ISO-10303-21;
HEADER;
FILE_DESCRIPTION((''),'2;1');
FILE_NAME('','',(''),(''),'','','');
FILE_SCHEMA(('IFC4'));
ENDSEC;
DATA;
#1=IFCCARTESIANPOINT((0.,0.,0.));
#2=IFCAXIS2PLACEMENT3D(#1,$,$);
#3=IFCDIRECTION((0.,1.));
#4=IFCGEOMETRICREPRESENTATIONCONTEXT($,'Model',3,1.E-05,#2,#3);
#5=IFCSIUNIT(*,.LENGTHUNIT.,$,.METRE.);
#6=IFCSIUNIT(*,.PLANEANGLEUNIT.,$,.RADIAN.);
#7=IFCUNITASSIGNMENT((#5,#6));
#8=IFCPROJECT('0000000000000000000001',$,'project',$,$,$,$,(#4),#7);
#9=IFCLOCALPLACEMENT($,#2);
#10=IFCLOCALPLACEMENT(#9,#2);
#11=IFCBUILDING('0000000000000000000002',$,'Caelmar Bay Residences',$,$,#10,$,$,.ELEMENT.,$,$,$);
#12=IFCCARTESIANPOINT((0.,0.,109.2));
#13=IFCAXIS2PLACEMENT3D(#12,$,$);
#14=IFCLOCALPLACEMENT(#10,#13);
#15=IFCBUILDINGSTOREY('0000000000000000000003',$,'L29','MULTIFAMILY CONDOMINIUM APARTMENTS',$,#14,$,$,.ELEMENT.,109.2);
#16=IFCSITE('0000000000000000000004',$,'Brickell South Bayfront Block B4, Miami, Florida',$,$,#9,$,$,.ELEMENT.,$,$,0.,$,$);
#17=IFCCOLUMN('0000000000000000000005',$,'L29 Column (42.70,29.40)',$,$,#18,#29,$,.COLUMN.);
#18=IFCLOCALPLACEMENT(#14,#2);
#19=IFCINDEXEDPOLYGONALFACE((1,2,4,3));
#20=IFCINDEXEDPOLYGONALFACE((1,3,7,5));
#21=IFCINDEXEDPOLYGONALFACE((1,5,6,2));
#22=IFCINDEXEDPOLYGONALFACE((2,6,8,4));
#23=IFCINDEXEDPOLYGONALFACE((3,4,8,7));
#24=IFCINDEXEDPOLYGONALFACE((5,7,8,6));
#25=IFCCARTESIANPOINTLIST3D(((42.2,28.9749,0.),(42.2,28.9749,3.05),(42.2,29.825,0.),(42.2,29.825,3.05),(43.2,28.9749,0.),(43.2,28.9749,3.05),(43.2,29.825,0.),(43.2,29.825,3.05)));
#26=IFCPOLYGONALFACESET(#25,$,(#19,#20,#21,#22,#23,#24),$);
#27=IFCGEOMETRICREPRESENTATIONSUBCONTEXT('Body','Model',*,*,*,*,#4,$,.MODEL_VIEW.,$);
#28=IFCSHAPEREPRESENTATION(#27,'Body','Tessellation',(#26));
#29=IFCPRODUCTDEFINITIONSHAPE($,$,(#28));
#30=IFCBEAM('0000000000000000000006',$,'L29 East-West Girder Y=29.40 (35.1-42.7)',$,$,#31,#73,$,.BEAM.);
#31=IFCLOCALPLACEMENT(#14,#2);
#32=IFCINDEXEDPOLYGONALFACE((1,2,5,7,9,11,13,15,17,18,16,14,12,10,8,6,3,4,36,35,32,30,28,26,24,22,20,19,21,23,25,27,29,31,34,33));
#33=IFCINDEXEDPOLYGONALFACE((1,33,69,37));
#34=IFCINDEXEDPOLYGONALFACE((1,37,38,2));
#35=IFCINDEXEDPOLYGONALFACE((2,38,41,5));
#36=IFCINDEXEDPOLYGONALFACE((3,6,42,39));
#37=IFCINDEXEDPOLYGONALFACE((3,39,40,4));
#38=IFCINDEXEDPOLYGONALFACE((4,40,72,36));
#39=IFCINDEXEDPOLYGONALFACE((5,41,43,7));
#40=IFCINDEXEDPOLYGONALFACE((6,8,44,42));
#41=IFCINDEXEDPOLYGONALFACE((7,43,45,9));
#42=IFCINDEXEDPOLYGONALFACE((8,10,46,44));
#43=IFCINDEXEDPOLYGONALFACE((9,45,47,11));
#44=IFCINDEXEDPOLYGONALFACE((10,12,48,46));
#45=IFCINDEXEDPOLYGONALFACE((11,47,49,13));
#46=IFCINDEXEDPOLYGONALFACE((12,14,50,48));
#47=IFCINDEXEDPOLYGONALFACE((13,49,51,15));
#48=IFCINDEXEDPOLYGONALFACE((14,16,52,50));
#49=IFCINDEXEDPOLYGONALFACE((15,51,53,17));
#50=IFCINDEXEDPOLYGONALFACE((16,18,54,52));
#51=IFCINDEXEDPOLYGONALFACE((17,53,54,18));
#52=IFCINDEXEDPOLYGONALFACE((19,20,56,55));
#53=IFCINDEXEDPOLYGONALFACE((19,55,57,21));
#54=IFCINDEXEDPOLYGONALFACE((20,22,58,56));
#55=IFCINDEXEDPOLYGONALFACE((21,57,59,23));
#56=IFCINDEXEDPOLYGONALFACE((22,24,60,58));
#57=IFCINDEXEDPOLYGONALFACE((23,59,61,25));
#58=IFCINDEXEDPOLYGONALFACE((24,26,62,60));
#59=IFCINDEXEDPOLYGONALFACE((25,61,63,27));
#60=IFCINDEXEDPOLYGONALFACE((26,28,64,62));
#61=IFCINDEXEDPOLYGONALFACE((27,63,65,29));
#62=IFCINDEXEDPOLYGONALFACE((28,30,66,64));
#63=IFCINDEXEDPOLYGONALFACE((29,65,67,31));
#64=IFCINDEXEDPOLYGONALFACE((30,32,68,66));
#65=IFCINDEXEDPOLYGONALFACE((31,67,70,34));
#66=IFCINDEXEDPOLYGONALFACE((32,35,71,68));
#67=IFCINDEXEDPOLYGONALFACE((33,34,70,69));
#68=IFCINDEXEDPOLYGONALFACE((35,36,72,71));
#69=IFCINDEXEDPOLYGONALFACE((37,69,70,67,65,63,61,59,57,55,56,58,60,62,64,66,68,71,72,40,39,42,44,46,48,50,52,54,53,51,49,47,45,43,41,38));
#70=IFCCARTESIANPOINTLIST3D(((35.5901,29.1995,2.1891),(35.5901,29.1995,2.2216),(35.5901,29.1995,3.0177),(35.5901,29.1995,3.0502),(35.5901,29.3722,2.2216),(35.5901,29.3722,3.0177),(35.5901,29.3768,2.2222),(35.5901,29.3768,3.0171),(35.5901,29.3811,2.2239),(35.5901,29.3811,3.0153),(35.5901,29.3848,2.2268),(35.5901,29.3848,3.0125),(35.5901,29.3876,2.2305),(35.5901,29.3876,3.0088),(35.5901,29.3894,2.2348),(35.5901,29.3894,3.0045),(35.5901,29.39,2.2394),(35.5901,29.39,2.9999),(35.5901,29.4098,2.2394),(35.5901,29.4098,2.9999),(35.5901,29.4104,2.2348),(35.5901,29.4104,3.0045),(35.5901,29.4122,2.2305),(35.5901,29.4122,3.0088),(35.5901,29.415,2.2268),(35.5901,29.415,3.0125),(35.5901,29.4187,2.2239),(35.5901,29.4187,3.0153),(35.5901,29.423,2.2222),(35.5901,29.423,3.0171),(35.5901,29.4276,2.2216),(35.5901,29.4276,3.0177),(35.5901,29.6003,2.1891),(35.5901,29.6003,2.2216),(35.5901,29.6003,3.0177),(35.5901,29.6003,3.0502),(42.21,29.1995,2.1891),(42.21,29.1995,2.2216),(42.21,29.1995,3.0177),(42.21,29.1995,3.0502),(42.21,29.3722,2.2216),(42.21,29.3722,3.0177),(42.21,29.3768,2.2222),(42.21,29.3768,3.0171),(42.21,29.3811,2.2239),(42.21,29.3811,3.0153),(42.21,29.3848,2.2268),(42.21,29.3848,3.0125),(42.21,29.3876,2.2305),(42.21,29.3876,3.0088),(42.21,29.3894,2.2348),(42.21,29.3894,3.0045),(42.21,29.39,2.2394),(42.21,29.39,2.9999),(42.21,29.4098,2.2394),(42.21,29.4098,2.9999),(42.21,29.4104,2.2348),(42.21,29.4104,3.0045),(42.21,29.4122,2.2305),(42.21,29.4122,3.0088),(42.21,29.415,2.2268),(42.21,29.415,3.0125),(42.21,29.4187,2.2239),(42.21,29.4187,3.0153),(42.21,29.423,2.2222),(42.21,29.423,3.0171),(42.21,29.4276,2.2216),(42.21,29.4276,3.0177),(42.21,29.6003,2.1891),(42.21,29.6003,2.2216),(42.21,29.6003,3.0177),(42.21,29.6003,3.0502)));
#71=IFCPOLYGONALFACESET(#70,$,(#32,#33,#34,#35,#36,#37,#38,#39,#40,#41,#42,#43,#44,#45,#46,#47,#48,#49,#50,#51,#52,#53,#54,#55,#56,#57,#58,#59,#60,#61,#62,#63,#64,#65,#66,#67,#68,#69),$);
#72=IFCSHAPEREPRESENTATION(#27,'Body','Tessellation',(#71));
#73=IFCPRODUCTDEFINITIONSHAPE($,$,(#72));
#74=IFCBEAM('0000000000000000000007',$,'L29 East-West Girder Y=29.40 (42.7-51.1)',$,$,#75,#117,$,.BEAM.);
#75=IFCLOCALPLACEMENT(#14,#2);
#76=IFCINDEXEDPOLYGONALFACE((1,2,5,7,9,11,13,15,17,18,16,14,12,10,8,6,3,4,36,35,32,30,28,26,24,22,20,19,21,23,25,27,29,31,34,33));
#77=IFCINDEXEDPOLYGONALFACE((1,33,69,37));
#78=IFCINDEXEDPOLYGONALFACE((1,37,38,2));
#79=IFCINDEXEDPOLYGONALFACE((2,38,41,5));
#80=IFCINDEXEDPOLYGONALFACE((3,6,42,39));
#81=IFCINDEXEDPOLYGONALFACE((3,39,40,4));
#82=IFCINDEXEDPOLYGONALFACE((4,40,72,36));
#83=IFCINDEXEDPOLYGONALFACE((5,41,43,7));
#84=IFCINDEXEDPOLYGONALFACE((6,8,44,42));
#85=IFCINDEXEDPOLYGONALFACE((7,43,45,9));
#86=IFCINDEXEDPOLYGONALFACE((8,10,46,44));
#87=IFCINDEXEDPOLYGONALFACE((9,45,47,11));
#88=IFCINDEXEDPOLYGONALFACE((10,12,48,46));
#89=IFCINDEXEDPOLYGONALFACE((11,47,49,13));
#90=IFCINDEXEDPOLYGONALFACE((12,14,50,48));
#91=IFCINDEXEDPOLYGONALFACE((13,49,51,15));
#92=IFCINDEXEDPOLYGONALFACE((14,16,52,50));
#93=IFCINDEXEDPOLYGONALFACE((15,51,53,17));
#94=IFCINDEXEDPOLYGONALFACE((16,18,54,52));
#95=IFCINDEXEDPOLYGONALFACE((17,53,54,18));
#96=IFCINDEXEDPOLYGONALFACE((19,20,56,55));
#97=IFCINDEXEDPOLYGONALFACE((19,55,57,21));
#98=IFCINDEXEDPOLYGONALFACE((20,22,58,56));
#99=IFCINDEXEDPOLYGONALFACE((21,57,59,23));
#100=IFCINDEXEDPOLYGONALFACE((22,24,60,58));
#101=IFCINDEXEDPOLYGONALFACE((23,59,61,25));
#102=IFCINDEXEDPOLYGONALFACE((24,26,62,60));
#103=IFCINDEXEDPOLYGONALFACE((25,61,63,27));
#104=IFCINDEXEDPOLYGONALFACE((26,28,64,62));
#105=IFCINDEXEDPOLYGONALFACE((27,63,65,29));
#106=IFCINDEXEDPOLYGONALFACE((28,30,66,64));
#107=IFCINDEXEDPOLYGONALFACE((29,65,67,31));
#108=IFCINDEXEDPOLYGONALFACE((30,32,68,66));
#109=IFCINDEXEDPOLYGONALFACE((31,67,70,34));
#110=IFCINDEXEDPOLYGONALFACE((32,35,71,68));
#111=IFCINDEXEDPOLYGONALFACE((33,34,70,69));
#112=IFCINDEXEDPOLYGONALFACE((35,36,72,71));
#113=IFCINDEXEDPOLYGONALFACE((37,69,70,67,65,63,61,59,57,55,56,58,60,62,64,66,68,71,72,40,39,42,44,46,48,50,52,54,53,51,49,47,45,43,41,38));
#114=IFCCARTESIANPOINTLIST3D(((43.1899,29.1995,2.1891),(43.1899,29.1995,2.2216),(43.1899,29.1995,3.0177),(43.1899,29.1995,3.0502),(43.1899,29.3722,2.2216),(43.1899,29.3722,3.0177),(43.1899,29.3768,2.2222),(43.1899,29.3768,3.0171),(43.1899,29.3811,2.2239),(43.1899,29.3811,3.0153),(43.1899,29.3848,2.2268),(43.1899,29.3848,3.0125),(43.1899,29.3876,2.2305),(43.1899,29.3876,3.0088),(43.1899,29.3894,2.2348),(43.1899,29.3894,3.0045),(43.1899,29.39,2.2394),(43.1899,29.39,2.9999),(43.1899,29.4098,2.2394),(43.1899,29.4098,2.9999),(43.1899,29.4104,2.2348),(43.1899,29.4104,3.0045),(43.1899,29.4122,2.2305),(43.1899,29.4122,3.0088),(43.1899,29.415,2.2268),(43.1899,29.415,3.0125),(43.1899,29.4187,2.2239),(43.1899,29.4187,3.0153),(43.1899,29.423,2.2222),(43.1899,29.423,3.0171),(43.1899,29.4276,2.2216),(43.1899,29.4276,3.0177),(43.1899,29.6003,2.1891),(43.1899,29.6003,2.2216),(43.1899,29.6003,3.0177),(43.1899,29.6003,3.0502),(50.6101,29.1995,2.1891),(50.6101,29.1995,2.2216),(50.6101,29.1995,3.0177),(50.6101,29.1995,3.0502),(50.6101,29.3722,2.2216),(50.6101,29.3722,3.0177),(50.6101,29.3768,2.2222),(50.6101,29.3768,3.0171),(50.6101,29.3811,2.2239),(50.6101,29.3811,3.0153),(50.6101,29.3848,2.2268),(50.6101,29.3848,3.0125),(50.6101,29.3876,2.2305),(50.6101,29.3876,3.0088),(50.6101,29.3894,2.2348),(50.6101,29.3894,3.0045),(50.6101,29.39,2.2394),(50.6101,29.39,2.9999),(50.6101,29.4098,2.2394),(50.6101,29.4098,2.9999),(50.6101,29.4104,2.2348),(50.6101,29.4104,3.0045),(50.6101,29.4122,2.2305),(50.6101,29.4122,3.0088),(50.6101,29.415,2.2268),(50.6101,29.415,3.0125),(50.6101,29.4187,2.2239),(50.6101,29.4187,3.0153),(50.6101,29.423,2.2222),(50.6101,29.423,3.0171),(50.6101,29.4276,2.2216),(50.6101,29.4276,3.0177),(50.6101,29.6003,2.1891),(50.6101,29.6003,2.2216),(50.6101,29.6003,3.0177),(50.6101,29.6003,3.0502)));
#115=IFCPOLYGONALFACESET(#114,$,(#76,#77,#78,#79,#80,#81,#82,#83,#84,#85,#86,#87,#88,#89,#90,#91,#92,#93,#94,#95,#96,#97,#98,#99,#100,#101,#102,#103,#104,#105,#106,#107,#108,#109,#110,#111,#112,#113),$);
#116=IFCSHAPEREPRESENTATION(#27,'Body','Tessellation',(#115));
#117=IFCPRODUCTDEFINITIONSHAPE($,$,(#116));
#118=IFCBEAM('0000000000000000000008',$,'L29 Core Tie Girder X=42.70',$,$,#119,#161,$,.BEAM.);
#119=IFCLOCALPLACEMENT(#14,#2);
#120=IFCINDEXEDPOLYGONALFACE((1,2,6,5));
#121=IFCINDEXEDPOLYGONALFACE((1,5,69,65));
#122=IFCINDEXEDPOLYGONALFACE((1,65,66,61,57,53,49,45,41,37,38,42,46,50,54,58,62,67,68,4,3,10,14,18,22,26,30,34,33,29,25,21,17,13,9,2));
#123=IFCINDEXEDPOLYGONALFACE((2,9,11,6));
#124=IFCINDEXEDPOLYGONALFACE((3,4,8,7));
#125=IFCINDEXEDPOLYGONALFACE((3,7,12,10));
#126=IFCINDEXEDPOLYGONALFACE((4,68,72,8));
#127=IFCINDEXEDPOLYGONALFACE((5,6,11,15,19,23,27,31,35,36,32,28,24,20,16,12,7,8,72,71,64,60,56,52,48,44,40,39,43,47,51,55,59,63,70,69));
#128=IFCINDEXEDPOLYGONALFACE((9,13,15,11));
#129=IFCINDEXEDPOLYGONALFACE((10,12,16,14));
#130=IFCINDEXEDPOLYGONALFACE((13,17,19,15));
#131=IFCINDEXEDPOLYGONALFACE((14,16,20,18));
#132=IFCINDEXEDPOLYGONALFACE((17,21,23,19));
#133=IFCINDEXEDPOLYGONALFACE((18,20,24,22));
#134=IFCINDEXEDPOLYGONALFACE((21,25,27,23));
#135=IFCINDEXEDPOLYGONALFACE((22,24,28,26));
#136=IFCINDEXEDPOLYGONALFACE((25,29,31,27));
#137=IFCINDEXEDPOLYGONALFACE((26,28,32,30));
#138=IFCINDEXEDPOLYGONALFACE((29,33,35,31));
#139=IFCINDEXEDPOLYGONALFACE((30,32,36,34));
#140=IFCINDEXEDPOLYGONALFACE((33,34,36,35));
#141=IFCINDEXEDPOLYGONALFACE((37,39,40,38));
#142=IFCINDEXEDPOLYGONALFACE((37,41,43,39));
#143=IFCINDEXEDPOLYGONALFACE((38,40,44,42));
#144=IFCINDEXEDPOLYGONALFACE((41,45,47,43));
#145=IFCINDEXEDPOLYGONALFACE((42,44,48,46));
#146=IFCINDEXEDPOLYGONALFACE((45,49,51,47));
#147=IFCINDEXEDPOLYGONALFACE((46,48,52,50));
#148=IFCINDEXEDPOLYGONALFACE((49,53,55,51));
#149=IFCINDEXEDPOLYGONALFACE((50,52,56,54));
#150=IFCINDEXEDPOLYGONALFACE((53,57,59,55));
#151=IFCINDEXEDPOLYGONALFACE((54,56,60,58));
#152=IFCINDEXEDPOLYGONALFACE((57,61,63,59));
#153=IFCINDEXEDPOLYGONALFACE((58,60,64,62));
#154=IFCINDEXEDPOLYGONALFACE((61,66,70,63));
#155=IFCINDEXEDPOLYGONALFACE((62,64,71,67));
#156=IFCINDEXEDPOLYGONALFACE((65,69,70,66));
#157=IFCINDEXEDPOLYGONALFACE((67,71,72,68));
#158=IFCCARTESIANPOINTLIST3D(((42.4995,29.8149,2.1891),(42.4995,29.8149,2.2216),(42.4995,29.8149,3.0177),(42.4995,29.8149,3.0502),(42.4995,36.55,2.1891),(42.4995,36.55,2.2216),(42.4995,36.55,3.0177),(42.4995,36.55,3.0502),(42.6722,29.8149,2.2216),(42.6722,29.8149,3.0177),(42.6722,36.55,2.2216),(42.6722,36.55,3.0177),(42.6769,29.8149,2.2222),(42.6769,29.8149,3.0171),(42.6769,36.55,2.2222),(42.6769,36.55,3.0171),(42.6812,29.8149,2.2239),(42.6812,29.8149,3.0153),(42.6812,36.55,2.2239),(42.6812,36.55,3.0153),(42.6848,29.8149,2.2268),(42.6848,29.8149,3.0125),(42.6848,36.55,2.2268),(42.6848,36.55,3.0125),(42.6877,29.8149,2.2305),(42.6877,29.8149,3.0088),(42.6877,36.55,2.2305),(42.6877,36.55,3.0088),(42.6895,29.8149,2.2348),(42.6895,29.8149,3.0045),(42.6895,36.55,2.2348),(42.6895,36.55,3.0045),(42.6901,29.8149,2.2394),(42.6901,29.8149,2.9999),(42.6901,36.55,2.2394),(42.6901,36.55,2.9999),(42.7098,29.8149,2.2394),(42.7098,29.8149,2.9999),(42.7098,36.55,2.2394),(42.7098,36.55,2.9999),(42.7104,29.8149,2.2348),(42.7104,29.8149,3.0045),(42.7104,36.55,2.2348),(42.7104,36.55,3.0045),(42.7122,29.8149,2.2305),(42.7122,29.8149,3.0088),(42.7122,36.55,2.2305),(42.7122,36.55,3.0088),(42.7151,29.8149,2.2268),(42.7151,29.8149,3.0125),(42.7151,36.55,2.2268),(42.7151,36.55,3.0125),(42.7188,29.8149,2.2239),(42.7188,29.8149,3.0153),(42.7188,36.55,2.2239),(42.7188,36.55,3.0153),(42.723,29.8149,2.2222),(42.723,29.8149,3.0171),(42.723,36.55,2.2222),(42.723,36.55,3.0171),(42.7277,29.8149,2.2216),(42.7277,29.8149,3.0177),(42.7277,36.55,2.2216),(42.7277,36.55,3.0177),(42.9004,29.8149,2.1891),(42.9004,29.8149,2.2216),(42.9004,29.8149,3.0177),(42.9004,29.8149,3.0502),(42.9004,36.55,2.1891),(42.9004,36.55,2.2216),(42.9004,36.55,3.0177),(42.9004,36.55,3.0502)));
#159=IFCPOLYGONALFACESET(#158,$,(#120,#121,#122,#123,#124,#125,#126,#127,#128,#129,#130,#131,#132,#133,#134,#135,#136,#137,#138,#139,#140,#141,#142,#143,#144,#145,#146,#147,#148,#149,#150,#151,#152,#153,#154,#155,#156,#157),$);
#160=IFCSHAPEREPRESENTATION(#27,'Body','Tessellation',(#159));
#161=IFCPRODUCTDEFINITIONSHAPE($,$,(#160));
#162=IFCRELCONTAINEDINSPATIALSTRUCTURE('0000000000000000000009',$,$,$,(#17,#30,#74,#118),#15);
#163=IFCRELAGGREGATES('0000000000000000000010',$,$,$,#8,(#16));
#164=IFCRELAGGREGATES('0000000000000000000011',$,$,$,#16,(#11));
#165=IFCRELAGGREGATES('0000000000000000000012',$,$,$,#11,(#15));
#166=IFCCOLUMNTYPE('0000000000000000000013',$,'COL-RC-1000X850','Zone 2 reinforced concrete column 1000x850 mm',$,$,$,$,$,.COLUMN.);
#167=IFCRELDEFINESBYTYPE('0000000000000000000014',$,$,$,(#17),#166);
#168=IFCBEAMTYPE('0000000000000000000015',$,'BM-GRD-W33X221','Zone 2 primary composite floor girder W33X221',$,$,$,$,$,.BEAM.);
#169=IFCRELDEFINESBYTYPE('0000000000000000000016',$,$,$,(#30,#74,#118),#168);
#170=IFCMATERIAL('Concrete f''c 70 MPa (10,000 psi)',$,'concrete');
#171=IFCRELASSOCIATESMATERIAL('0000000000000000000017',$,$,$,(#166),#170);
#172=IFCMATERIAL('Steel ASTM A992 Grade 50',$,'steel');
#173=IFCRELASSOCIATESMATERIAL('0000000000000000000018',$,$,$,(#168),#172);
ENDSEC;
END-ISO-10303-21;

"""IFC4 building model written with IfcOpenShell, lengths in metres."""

from ifc_helpers import new_model, si_unit, direction, frame, origin, origin_2d, place, context, subcontext, project, spatial, rectangle, i_section, extrude, material, material_profile, profile_set, type_object, element, save


model = new_model("IFC4")

# Units and contexts
model_context = context("Model", 3, precision=1e-05, world=origin(), true_north=direction((0.0, 1.0)))
body_context = subcontext(model_context, "Body", "Model", "MODEL_VIEW")
ifc_project = project(units=[si_unit("LENGTHUNIT", "METRE"), si_unit("PLANEANGLEUNIT", "RADIAN")], contexts=[model_context])

# Site, building, storey
site_placement = place(None, origin())
site = spatial("IfcSite", under=ifc_project, at=site_placement, Name="Brickell South Bayfront Block B4, Miami, Florida", CompositionType="ELEMENT", RefElevation=0.0)
building_placement = place(site_placement, origin())
building = spatial("IfcBuilding", under=site, at=building_placement, Name="Caelmar Bay Residences", CompositionType="ELEMENT")
storey_placement = place(building_placement, frame((0.0, 0.0, 109.2)))
storey = spatial("IfcBuildingStorey", under=building, at=storey_placement, Name="L29", Description="MULTIFAMILY CONDOMINIUM APARTMENTS", CompositionType="ELEMENT", Elevation=109.2)

# Column
ifc_material_1 = material(Name="Concrete f'c 70 MPa (10,000 psi)", Category="concrete")
ifc_material_profile_1 = material_profile(ifc_material_1, rectangle(XDim=1.0, YDim=0.8501, at=origin_2d()), Name="RC-COL-1000X850")
ifc_profile_set_1 = profile_set([ifc_material_profile_1], Name="Concrete f'c 70 MPa (10,000 psi)")
column_type = type_object("IfcColumnType", Name="COL-RC-1000X850", Description="Zone 2 reinforced concrete column 1000x850 mm", PredefinedType="COLUMN", material=ifc_profile_set_1)
column_placement = place(storey_placement, frame((42.7, 29.3999, 0.0), z_axis=(0.0, 0.0, 1.0), x_axis=(1.0, 0.0, 0.0)))
element("IfcColumn", 1, at=column_placement, inside=storey, type_object=column_type, Name="L29 Column (42.70,29.40)", PredefinedType="COLUMN", context=body_context, shape_type="SweptSolid", body=[
    extrude(rectangle(XDim=1.0, YDim=0.8501, at=origin_2d()), origin(), (0.0, 0.0, 1.0), 3.05),
])

# Beams
ifc_material_2 = material(Name="Steel ASTM A992 Grade 50", Category="steel")
ifc_material_profile_2 = material_profile(ifc_material_2, i_section(OverallWidth=0.4009, OverallDepth=0.8611, WebThickness=0.0198, FlangeThickness=0.0325, FilletRadius=0.0178, at=origin_2d()), Name="W33X221")
ifc_profile_set_2 = profile_set([ifc_material_profile_2], Name="Steel ASTM A992 Grade 50")
beam_type_1 = type_object("IfcBeamType", Name="BM-GRD-W33X221", Description="Zone 2 primary composite floor girder W33X221", PredefinedType="BEAM", material=ifc_profile_set_2)
beam_1_placement = place(storey_placement, frame((35.5901, 29.3999, 2.6196), z_axis=(1.0, 0.0, 0.0), x_axis=(0.0, 1.0, 0.0)))
element("IfcBeam", 2, at=beam_1_placement, inside=storey, type_object=beam_type_1, Name="L29 East-West Girder Y=29.40 (35.1-42.7)", PredefinedType="BEAM", context=body_context, shape_type="SweptSolid", body=[
    extrude(i_section(OverallWidth=0.4009, OverallDepth=0.8611, WebThickness=0.0198, FlangeThickness=0.0325, FilletRadius=0.0178, at=origin_2d()), origin(), (0.0, 0.0, 1.0), 6.6199),
])
beam_2_placement = place(storey_placement, frame((43.1899, 29.3999, 2.6196), z_axis=(1.0, 0.0, 0.0), x_axis=(0.0, 1.0, 0.0)))
element("IfcBeam", 3, at=beam_2_placement, inside=storey, type_object=beam_type_1, Name="L29 East-West Girder Y=29.40 (42.7-51.1)", PredefinedType="BEAM", context=body_context, shape_type="SweptSolid", body=[
    extrude(i_section(OverallWidth=0.4009, OverallDepth=0.8611, WebThickness=0.0198, FlangeThickness=0.0325, FilletRadius=0.0178, at=origin_2d()), origin(), (0.0, 0.0, 1.0), 7.4202),
])
beam_3_placement = place(storey_placement, frame((42.7, 29.8149, 2.6196), z_axis=(0.0, 1.0, 0.0), x_axis=(-1.0, 0.0, 0.0)))
element("IfcBeam", 4, at=beam_3_placement, inside=storey, type_object=beam_type_1, Name="L29 Core Tie Girder X=42.70", PredefinedType="BEAM", context=body_context, shape_type="SweptSolid", body=[
    extrude(i_section(OverallWidth=0.4009, OverallDepth=0.8611, WebThickness=0.0198, FlangeThickness=0.0325, FilletRadius=0.0178, at=origin_2d()), origin(), (0.0, 0.0, 1.0), 6.7351),
])

save(model, "model.ifc")
